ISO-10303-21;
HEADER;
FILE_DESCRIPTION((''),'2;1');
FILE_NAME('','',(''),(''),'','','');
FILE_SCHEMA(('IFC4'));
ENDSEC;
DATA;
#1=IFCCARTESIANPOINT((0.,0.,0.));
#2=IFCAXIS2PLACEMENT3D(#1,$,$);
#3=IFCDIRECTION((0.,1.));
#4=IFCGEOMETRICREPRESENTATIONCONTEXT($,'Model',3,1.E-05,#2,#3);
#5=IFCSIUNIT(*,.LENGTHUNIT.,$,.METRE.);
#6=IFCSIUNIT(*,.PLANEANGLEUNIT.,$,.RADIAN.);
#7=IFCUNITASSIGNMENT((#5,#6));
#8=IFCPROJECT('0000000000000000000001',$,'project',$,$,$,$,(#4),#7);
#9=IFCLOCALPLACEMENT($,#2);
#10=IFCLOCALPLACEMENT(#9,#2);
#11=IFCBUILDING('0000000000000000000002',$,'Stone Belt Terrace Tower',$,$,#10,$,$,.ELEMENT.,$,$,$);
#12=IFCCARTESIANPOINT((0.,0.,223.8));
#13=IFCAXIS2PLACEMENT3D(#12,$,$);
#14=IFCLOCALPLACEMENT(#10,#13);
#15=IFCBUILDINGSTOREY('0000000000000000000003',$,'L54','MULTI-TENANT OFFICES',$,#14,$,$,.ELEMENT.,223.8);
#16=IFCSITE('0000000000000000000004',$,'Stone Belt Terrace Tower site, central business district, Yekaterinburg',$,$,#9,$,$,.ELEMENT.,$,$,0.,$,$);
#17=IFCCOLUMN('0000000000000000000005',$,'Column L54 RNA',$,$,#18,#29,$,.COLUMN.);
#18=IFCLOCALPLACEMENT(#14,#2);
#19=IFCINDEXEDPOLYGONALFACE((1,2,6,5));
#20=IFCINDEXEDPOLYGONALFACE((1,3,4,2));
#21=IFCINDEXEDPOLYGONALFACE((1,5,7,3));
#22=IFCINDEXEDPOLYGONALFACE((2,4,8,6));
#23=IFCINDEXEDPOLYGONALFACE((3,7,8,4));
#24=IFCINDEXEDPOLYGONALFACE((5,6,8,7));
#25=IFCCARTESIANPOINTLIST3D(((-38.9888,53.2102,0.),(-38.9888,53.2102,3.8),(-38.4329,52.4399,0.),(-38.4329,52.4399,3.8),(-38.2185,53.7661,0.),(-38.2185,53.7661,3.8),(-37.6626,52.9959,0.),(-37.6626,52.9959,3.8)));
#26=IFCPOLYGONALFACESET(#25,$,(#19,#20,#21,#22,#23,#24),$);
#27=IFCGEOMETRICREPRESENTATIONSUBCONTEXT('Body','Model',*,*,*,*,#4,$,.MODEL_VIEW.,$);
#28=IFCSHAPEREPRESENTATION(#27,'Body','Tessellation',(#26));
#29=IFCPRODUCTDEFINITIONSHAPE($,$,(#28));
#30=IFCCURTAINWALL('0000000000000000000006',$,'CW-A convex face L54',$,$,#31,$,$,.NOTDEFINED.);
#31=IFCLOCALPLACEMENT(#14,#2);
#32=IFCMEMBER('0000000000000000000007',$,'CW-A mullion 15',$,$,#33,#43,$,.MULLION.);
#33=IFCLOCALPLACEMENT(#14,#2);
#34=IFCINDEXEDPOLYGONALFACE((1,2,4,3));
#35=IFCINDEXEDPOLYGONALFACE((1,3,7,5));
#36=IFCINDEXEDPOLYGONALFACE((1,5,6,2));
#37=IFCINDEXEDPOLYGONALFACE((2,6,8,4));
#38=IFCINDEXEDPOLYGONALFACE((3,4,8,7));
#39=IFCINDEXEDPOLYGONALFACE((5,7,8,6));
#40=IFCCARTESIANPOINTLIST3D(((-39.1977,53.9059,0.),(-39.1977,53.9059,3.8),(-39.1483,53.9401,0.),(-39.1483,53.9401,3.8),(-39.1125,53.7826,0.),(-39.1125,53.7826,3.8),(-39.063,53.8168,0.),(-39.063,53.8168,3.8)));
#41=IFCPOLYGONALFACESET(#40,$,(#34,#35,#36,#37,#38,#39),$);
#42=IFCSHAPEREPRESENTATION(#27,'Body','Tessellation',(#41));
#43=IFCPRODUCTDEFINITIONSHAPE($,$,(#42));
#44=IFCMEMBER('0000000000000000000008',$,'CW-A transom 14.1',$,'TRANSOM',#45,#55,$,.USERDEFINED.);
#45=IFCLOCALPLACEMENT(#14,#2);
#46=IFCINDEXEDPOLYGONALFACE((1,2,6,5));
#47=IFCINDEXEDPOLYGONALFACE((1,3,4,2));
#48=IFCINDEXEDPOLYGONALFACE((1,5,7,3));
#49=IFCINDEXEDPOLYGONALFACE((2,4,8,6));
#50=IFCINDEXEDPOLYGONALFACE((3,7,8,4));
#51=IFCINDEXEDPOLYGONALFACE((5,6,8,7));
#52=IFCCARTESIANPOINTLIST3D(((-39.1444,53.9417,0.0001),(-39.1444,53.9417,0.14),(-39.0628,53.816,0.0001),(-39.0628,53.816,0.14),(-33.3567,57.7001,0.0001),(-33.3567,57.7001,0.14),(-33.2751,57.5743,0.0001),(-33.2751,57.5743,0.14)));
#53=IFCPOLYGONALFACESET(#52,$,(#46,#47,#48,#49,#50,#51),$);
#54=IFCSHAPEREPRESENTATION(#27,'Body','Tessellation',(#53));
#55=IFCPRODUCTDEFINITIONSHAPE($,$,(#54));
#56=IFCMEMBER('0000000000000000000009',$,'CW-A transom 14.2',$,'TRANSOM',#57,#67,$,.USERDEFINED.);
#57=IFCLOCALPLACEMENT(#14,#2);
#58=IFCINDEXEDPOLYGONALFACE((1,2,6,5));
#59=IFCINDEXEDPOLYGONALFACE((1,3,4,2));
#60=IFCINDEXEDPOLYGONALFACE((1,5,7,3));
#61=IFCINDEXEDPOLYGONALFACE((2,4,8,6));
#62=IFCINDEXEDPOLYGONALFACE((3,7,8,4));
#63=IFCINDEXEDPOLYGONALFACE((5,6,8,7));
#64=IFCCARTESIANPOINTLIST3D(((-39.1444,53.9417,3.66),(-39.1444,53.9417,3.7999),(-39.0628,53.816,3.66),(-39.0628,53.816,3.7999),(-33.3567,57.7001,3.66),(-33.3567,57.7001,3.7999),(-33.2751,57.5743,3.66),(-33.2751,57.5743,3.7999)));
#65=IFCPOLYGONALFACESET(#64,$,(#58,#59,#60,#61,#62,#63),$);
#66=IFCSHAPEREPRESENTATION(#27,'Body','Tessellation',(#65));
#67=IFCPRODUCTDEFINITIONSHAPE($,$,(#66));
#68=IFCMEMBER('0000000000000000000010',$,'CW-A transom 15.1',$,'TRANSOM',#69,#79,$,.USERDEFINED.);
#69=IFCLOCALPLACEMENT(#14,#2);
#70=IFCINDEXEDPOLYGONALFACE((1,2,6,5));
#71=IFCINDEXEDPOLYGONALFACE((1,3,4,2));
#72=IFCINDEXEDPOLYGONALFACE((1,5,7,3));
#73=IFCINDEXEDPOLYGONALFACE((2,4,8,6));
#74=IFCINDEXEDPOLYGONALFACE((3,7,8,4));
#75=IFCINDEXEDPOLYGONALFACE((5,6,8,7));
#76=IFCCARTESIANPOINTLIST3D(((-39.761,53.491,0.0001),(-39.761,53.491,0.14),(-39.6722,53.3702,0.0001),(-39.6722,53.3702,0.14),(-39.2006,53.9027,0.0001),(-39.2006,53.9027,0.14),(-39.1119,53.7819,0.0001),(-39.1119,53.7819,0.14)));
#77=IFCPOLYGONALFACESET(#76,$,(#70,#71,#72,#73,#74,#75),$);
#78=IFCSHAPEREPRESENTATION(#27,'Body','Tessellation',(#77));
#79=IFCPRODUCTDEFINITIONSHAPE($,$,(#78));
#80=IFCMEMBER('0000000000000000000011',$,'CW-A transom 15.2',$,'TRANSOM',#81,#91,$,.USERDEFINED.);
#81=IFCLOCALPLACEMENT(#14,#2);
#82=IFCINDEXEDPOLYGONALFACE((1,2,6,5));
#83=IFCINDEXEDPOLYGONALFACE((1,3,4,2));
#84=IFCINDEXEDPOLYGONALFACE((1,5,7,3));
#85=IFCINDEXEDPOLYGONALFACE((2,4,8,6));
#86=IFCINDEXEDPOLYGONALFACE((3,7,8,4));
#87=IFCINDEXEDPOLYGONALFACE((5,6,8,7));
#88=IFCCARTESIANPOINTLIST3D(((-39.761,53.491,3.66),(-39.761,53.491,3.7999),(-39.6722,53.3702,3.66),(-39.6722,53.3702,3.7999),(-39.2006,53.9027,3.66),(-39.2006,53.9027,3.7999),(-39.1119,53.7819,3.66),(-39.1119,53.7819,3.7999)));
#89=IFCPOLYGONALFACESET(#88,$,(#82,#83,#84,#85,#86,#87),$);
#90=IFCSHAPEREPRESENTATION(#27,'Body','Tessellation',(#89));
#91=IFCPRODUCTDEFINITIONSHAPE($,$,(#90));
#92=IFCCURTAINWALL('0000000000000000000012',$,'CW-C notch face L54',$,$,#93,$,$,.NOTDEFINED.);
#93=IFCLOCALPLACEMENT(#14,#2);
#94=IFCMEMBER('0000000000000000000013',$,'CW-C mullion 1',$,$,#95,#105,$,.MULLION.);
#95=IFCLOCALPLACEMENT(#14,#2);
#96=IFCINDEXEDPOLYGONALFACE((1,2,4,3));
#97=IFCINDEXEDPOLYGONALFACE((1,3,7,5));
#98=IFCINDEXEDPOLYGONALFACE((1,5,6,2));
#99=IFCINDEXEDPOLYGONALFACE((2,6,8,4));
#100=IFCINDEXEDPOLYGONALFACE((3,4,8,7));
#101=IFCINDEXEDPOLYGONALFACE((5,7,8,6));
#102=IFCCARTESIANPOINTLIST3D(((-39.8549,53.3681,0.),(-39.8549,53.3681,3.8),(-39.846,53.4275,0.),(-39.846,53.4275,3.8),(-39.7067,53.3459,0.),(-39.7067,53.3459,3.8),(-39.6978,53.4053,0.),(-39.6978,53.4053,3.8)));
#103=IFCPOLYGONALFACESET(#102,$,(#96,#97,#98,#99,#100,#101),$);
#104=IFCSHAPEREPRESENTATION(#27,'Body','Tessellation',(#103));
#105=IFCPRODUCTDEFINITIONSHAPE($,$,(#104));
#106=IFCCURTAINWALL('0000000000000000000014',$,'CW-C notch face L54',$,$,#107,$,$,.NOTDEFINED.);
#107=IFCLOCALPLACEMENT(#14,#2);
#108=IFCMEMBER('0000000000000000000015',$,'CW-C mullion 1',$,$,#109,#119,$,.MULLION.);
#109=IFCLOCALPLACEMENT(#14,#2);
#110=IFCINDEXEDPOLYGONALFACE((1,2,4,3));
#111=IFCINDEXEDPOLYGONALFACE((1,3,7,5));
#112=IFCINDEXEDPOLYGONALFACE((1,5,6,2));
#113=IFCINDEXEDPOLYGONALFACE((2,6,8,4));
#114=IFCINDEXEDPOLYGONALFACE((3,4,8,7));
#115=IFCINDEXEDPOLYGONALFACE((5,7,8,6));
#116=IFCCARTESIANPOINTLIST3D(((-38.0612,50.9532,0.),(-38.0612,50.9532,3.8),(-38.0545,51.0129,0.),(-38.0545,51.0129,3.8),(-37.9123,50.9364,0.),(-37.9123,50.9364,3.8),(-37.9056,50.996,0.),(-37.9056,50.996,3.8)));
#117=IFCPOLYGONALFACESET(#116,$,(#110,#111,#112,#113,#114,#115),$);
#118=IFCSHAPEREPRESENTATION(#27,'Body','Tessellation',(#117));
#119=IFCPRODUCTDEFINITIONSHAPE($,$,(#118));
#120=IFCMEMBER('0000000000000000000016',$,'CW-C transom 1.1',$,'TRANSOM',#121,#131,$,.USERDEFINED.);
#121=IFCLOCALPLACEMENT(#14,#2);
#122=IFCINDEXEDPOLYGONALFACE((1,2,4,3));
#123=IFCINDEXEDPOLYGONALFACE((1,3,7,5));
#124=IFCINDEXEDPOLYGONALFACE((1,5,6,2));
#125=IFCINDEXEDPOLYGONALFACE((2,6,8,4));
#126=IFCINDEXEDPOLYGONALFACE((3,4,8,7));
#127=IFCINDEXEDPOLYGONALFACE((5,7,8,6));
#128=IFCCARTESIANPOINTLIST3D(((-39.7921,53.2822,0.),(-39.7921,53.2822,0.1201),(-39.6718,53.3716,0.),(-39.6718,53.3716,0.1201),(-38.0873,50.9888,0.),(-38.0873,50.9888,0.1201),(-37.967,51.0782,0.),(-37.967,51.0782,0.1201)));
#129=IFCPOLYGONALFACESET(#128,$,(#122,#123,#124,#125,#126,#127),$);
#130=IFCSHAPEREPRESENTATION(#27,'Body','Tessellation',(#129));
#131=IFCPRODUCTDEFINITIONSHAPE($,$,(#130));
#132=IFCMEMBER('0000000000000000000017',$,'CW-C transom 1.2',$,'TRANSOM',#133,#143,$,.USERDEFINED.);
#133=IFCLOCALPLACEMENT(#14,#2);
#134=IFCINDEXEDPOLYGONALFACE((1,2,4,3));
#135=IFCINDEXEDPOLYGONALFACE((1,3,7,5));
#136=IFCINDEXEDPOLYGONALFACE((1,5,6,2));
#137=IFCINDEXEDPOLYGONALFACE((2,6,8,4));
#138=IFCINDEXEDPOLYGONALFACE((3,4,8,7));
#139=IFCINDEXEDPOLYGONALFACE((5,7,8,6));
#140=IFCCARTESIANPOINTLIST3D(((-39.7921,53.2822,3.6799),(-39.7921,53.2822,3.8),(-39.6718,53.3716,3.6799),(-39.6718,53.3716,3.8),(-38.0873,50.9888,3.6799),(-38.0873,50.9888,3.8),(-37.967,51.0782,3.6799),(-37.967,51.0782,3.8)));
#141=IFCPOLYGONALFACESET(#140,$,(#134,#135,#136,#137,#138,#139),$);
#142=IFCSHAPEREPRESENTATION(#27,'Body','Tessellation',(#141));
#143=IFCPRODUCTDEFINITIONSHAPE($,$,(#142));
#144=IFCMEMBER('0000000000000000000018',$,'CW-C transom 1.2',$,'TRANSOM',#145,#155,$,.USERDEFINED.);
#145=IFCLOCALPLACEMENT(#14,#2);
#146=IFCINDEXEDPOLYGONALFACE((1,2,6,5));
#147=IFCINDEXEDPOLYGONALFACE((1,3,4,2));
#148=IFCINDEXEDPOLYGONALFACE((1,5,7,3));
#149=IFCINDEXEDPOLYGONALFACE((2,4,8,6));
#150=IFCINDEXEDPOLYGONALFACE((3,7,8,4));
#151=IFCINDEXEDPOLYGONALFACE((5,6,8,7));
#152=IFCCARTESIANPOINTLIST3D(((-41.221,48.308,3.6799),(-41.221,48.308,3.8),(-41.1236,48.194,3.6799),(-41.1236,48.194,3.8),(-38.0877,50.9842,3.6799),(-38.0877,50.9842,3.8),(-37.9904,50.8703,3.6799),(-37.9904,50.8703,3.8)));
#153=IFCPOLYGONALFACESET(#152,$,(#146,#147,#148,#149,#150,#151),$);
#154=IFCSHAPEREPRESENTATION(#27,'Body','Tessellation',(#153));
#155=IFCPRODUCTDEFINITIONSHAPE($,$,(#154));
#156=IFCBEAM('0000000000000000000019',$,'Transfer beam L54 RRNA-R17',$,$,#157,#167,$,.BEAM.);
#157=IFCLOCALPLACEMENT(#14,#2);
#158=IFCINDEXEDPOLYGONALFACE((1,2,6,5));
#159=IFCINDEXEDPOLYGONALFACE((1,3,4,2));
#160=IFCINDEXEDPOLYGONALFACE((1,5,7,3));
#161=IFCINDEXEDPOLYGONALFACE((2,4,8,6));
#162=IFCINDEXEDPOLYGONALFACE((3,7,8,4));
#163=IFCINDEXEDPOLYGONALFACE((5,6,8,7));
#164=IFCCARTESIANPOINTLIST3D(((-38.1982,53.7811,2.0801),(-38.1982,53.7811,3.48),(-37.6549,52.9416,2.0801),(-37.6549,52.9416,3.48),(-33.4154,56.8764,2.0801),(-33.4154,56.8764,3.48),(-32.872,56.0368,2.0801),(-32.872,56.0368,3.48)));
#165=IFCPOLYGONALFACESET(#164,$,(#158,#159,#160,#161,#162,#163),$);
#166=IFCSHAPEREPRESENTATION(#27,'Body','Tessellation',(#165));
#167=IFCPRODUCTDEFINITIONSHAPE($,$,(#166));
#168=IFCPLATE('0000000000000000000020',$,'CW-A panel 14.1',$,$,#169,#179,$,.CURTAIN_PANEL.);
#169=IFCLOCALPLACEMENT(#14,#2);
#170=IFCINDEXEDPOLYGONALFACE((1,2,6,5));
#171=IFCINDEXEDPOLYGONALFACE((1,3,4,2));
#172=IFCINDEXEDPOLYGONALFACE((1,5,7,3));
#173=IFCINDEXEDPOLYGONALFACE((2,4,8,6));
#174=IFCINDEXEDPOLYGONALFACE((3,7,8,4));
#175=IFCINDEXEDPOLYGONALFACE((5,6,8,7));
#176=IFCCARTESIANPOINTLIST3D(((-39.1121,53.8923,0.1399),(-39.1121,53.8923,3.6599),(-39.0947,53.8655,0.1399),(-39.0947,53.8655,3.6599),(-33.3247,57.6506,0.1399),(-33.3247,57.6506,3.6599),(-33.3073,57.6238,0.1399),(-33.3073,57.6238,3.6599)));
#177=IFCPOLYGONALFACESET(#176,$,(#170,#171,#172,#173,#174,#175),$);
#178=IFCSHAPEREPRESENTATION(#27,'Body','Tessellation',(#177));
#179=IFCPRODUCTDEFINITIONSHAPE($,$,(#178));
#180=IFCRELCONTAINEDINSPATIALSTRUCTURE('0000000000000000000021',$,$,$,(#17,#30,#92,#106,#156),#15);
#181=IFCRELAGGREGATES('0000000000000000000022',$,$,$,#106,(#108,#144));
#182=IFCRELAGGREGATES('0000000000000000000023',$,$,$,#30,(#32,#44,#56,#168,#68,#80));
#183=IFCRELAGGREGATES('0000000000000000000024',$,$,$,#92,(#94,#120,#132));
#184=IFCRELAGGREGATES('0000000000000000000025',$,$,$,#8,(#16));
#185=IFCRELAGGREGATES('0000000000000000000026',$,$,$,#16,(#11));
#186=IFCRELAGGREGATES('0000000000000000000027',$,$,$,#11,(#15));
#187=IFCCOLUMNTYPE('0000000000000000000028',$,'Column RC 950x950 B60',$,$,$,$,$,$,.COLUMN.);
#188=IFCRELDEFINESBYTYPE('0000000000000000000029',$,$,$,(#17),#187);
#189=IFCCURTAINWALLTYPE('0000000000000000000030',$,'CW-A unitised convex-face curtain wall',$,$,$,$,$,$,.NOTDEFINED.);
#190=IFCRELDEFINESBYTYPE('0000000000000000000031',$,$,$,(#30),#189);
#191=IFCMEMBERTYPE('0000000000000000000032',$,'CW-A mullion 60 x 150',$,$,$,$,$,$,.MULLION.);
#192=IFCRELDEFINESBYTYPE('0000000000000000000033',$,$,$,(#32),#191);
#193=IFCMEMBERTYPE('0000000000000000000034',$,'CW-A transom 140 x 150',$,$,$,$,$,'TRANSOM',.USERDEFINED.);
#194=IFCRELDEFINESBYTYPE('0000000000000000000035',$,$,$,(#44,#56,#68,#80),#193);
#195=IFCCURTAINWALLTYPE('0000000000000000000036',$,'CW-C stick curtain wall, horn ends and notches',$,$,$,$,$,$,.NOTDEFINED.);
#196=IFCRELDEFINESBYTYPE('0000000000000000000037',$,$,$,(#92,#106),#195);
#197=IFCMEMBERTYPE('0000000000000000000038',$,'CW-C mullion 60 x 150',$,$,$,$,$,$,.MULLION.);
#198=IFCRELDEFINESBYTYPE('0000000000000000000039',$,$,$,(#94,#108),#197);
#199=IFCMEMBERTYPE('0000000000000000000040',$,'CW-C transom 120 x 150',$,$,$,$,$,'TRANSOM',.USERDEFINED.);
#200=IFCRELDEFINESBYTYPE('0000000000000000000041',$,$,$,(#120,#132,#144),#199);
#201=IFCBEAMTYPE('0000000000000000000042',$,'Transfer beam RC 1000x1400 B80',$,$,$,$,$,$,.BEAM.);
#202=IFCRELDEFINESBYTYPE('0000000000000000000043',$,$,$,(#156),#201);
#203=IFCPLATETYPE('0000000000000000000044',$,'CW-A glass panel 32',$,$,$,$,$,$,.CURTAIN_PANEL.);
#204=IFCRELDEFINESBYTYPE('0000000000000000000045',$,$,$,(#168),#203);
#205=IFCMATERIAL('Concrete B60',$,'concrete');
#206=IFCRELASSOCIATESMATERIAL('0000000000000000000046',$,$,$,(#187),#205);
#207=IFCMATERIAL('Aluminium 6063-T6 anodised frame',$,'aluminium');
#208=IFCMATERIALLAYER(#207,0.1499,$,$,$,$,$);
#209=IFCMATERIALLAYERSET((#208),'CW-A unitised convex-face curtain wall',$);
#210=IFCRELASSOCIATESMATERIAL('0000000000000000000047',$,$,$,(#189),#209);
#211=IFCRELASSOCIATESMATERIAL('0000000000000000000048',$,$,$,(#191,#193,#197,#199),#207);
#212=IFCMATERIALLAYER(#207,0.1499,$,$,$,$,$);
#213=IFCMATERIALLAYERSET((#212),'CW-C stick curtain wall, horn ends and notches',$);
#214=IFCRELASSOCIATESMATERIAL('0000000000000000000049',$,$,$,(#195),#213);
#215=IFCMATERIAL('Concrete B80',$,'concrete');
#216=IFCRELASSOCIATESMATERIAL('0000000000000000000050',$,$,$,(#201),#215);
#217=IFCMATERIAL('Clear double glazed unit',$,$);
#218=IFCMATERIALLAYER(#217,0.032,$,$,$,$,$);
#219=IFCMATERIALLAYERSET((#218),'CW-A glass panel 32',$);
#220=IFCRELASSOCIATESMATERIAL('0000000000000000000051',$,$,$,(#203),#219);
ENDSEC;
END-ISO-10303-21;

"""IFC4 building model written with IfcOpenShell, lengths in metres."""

from ifc_helpers import new_model, si_unit, direction, frame, origin, origin_2d, place, context, subcontext, project, spatial, rectangle, extrude, material, layer, layer_set, material_profile, profile_set, type_object, element, aggregate, save


model = new_model("IFC4")

# Units and contexts
model_context = context("Model", 3, precision=1e-05, world=origin(), true_north=direction((0.0, 1.0)))
body_context = subcontext(model_context, "Body", "Model", "MODEL_VIEW")
ifc_project = project(units=[si_unit("LENGTHUNIT", "METRE"), si_unit("PLANEANGLEUNIT", "RADIAN")], contexts=[model_context])

# Site, building, storey
site_placement = place(None, origin())
site = spatial("IfcSite", under=ifc_project, at=site_placement, Name="Stone Belt Terrace Tower site, central business district, Yekaterinburg", CompositionType="ELEMENT", RefElevation=0.0)
building_placement = place(site_placement, origin())
building = spatial("IfcBuilding", under=site, at=building_placement, Name="Stone Belt Terrace Tower", CompositionType="ELEMENT")
storey_placement = place(building_placement, frame((0.0, 0.0, 223.8)))
storey = spatial("IfcBuildingStorey", under=building, at=storey_placement, Name="L54", Description="MULTI-TENANT OFFICES", CompositionType="ELEMENT", Elevation=223.8)

# Column
ifc_material_1 = material(Name="Concrete B60", Category="concrete")
ifc_material_profile_1 = material_profile(ifc_material_1, rectangle(XDim=0.95, YDim=0.95, at=origin_2d()), Name="RC 950x950")
ifc_profile_set_1 = profile_set([ifc_material_profile_1], Name="Concrete B60")
column_type = type_object("IfcColumnType", Name="Column RC 950x950 B60", PredefinedType="COLUMN", material=ifc_profile_set_1)
column_placement = place(storey_placement, frame((-38.3257, 53.103, 0.0), z_axis=(0.0, 0.0, 1.0), x_axis=(0.81087, 0.585227, 0.0)))
element("IfcColumn", 1, at=column_placement, inside=storey, type_object=column_type, Name="Column L54 RNA", PredefinedType="COLUMN", context=body_context, shape_type="SweptSolid", body=[
    extrude(rectangle(XDim=0.95, YDim=0.95, at=origin_2d()), origin(), (0.0, 0.0, 1.0), 3.8),
])

# Curtain wall, members
ifc_material_2 = material(Name="Aluminium 6063-T6 anodised frame", Category="aluminium")
ifc_layer_1 = layer(ifc_material_2, 0.1499)
ifc_layer_set_1 = layer_set([ifc_layer_1], Name="CW-A unitised convex-face curtain wall")
curtain_wall_type_1 = type_object("IfcCurtainWallType", Name="CW-A unitised convex-face curtain wall", PredefinedType="NOTDEFINED", material=ifc_layer_set_1)
curtain_wall_1_placement = place(storey_placement, origin())
curtain_wall_1 = element("IfcCurtainWall", 2, at=curtain_wall_1_placement, inside=storey, type_object=curtain_wall_type_1, Name="CW-A convex face L54", PredefinedType="NOTDEFINED")
ifc_material_profile_2 = material_profile(ifc_material_2, rectangle(XDim=0.1499, YDim=0.0601, at=origin_2d()), Name="Aluminium 6063-T6 60x150")
ifc_profile_set_2 = profile_set([ifc_material_profile_2], Name="Aluminium 6063-T6 anodised frame")
member_type_1 = type_object("IfcMemberType", Name="CW-A mullion 60 x 150", PredefinedType="MULLION", material=ifc_profile_set_2)
member_1_placement = place(storey_placement, frame((-39.1304, 53.8613, 0.0), z_axis=(0.0, 0.0, 1.0), x_axis=(0.568648, -0.822581, 0.0)))
member_1 = element("IfcMember", 3, at=member_1_placement, type_object=member_type_1, Name="CW-A mullion 15", PredefinedType="MULLION", context=body_context, shape_type="SweptSolid", body=[
    extrude(rectangle(XDim=0.1499, YDim=0.0601, at=origin_2d()), origin(), (0.0, 0.0, 1.0), 3.8),
])
ifc_material_profile_3 = material_profile(ifc_material_2, rectangle(XDim=0.1499, YDim=0.1399, at=origin_2d()), Name="Aluminium 6063-T6 150x140")
ifc_profile_set_3 = profile_set([ifc_material_profile_3], Name="Aluminium 6063-T6 anodised frame")
member_type_2 = type_object("IfcMemberType", Name="CW-A transom 140 x 150", ElementType="TRANSOM", PredefinedType="USERDEFINED", material=ifc_profile_set_3)
member_2_placement = place(storey_placement, frame((-33.3159, 57.6372, 0.0701), z_axis=(-0.838684, -0.544618, 0.0), x_axis=(0.544618, -0.838684, 0.0)))
member_2 = element("IfcMember", 4, at=member_2_placement, type_object=member_type_2, Name="CW-A transom 14.1", ObjectType="TRANSOM", PredefinedType="USERDEFINED", context=body_context, shape_type="SweptSolid", body=[
    extrude(rectangle(XDim=0.1499, YDim=0.1399, at=origin_2d()), origin(), (0.0, 0.0, 1.0), 6.9009),
])
member_3_placement = place(storey_placement, frame((-33.3159, 57.6372, 3.73), z_axis=(-0.838684, -0.544618, 0.0), x_axis=(0.544618, -0.838684, 0.0)))
member_3 = element("IfcMember", 5, at=member_3_placement, type_object=member_type_2, Name="CW-A transom 14.2", ObjectType="TRANSOM", PredefinedType="USERDEFINED", context=body_context, shape_type="SweptSolid", body=[
    extrude(rectangle(XDim=0.1499, YDim=0.1399, at=origin_2d()), origin(), (0.0, 0.0, 1.0), 6.9009),
])
member_4_placement = place(storey_placement, frame((-39.1562, 53.8423, 0.0701), z_axis=(-0.805902, -0.592049, 0.0), x_axis=(0.592049, -0.805902, 0.0)))
member_4 = element("IfcMember", 6, at=member_4_placement, type_object=member_type_2, Name="CW-A transom 15.1", ObjectType="TRANSOM", PredefinedType="USERDEFINED", context=body_context, shape_type="SweptSolid", body=[
    extrude(rectangle(XDim=0.1499, YDim=0.1399, at=origin_2d()), origin(), (0.0, 0.0, 1.0), 0.6953),
])
member_5_placement = place(storey_placement, frame((-39.1562, 53.8423, 3.73), z_axis=(-0.805902, -0.592049, 0.0), x_axis=(0.592049, -0.805902, 0.0)))
member_5 = element("IfcMember", 7, at=member_5_placement, type_object=member_type_2, Name="CW-A transom 15.2", ObjectType="TRANSOM", PredefinedType="USERDEFINED", context=body_context, shape_type="SweptSolid", body=[
    extrude(rectangle(XDim=0.1499, YDim=0.1399, at=origin_2d()), origin(), (0.0, 0.0, 1.0), 0.6953),
])

# Curtain walls, members
ifc_layer_2 = layer(ifc_material_2, 0.1499)
ifc_layer_set_2 = layer_set([ifc_layer_2], Name="CW-C stick curtain wall, horn ends and notches")
curtain_wall_type_2 = type_object("IfcCurtainWallType", Name="CW-C stick curtain wall, horn ends and notches", PredefinedType="NOTDEFINED", material=ifc_layer_set_2)
curtain_wall_2_placement = place(storey_placement, origin())
curtain_wall_2 = element("IfcCurtainWall", 8, at=curtain_wall_2_placement, inside=storey, type_object=curtain_wall_type_2, Name="CW-C notch face L54", PredefinedType="NOTDEFINED")
ifc_material_profile_4 = material_profile(ifc_material_2, rectangle(XDim=0.1499, YDim=0.0601, at=origin_2d()), Name="Aluminium 6063-T6 60x150")
ifc_profile_set_4 = profile_set([ifc_material_profile_4], Name="Aluminium 6063-T6 anodised frame")
member_type_3 = type_object("IfcMemberType", Name="CW-C mullion 60 x 150", PredefinedType="MULLION", material=ifc_profile_set_4)
member_6_placement = place(storey_placement, frame((-39.7764, 53.3867, 0.0), z_axis=(0.0, 0.0, 1.0), x_axis=(0.988933, -0.148363, 0.0)))
member_6 = element("IfcMember", 9, at=member_6_placement, type_object=member_type_3, Name="CW-C mullion 1", PredefinedType="MULLION", context=body_context, shape_type="SweptSolid", body=[
    extrude(rectangle(XDim=0.1499, YDim=0.0601, at=origin_2d()), origin(), (0.0, 0.0, 1.0), 3.8),
])
curtain_wall_3_placement = place(storey_placement, origin())
curtain_wall_3 = element("IfcCurtainWall", 10, at=curtain_wall_3_placement, inside=storey, type_object=curtain_wall_type_2, Name="CW-C notch face L54", PredefinedType="NOTDEFINED")
member_7_placement = place(storey_placement, frame((-37.9834, 50.9746, 0.0), z_axis=(0.0, 0.0, 1.0), x_axis=(0.993695, -0.11212, 0.0)))
member_7 = element("IfcMember", 11, at=member_7_placement, type_object=member_type_3, Name="CW-C mullion 1", PredefinedType="MULLION", context=body_context, shape_type="SweptSolid", body=[
    extrude(rectangle(XDim=0.1499, YDim=0.0601, at=origin_2d()), origin(), (0.0, 0.0, 1.0), 3.8),
])

# Members
ifc_material_profile_5 = material_profile(ifc_material_2, rectangle(XDim=0.1499, YDim=0.1201, at=origin_2d()), Name="Aluminium 6063-T6 150x120")
ifc_profile_set_5 = profile_set([ifc_material_profile_5], Name="Aluminium 6063-T6 anodised frame")
member_type_4 = type_object("IfcMemberType", Name="CW-C transom 120 x 150", ElementType="TRANSOM", PredefinedType="USERDEFINED", material=ifc_profile_set_5)
member_8_placement = place(storey_placement, frame((-39.7319, 53.3269, 0.0601), z_axis=(0.596577, -0.802556, 0.0), x_axis=(0.802556, 0.596577, 0.0)))
member_8 = element("IfcMember", 12, at=member_8_placement, type_object=member_type_4, Name="CW-C transom 1.1", ObjectType="TRANSOM", PredefinedType="USERDEFINED", context=body_context, shape_type="SweptSolid", body=[
    extrude(rectangle(XDim=0.1499, YDim=0.1201, at=origin_2d()), origin(), (0.0, 0.0, 1.0), 2.8577),
])
member_9_placement = place(storey_placement, frame((-39.7319, 53.3269, 3.74), z_axis=(0.596577, -0.802556, 0.0), x_axis=(0.802556, 0.596577, 0.0)))
member_9 = element("IfcMember", 13, at=member_9_placement, type_object=member_type_4, Name="CW-C transom 1.2", ObjectType="TRANSOM", PredefinedType="USERDEFINED", context=body_context, shape_type="SweptSolid", body=[
    extrude(rectangle(XDim=0.1499, YDim=0.1201, at=origin_2d()), origin(), (0.0, 0.0, 1.0), 2.8577),
])
member_10_placement = place(storey_placement, frame((-38.0391, 50.9272, 3.74), z_axis=(-0.760385, -0.649473, 0.0), x_axis=(0.649473, -0.760385, 0.0)))
member_10 = element("IfcMember", 14, at=member_10_placement, type_object=member_type_4, Name="CW-C transom 1.2", ObjectType="TRANSOM", PredefinedType="USERDEFINED", context=body_context, shape_type="SweptSolid", body=[
    extrude(rectangle(XDim=0.1499, YDim=0.1201, at=origin_2d()), origin(), (0.0, 0.0, 1.0), 4.1206),
])
aggregate(curtain_wall_3, [member_7, member_10])

# Beam
ifc_material_3 = material(Name="Concrete B80", Category="concrete")
ifc_material_profile_6 = material_profile(ifc_material_3, rectangle(XDim=1.0, YDim=1.3999, at=origin_2d()), Name="RC 1000x1400")
ifc_profile_set_6 = profile_set([ifc_material_profile_6], Name="Concrete B80")
beam_type = type_object("IfcBeamType", Name="Transfer beam RC 1000x1400 B80", PredefinedType="BEAM", material=ifc_profile_set_6)
beam_placement = place(storey_placement, frame((-37.9265, 53.3613, 2.78), z_axis=(0.839529, 0.543315, 0.0), x_axis=(-0.543315, 0.839529, 0.0)))
element("IfcBeam", 15, at=beam_placement, inside=storey, type_object=beam_type, Name="Transfer beam L54 RRNA-R17", PredefinedType="BEAM", context=body_context, shape_type="SweptSolid", body=[
    extrude(rectangle(XDim=1.0, YDim=1.3999, at=origin_2d()), origin(), (0.0, 0.0, 1.0), 5.697),
])

# Plate
ifc_material_4 = material(Name="Clear double glazed unit")
ifc_layer_3 = layer(ifc_material_4, 0.032)
ifc_layer_set_3 = layer_set([ifc_layer_3], Name="CW-A glass panel 32")
plate_type_1 = type_object("IfcPlateType", Name="CW-A glass panel 32", PredefinedType="CURTAIN_PANEL", material=ifc_layer_set_3)
plate_1_placement = place(storey_placement, frame((-36.2097, 55.7581, 0.1399), z_axis=(0.0, 0.0, 1.0), x_axis=(-0.838671, -0.544639, 0.0)))
plate_1 = element("IfcPlate", 16, at=plate_1_placement, type_object=plate_type_1, Name="CW-A panel 14.1", PredefinedType="CURTAIN_PANEL", context=body_context, shape_type="SweptSolid", body=[
    extrude(rectangle(XDim=6.9006, YDim=0.032, at=origin_2d()), origin(), (0.0, 0.0, 1.0), 3.52),
])
aggregate(curtain_wall_1, [member_1, member_2, member_3, plate_1, member_4, member_5])
aggregate(curtain_wall_2, [member_6, member_8, member_9])

save(model, "model.ifc")
